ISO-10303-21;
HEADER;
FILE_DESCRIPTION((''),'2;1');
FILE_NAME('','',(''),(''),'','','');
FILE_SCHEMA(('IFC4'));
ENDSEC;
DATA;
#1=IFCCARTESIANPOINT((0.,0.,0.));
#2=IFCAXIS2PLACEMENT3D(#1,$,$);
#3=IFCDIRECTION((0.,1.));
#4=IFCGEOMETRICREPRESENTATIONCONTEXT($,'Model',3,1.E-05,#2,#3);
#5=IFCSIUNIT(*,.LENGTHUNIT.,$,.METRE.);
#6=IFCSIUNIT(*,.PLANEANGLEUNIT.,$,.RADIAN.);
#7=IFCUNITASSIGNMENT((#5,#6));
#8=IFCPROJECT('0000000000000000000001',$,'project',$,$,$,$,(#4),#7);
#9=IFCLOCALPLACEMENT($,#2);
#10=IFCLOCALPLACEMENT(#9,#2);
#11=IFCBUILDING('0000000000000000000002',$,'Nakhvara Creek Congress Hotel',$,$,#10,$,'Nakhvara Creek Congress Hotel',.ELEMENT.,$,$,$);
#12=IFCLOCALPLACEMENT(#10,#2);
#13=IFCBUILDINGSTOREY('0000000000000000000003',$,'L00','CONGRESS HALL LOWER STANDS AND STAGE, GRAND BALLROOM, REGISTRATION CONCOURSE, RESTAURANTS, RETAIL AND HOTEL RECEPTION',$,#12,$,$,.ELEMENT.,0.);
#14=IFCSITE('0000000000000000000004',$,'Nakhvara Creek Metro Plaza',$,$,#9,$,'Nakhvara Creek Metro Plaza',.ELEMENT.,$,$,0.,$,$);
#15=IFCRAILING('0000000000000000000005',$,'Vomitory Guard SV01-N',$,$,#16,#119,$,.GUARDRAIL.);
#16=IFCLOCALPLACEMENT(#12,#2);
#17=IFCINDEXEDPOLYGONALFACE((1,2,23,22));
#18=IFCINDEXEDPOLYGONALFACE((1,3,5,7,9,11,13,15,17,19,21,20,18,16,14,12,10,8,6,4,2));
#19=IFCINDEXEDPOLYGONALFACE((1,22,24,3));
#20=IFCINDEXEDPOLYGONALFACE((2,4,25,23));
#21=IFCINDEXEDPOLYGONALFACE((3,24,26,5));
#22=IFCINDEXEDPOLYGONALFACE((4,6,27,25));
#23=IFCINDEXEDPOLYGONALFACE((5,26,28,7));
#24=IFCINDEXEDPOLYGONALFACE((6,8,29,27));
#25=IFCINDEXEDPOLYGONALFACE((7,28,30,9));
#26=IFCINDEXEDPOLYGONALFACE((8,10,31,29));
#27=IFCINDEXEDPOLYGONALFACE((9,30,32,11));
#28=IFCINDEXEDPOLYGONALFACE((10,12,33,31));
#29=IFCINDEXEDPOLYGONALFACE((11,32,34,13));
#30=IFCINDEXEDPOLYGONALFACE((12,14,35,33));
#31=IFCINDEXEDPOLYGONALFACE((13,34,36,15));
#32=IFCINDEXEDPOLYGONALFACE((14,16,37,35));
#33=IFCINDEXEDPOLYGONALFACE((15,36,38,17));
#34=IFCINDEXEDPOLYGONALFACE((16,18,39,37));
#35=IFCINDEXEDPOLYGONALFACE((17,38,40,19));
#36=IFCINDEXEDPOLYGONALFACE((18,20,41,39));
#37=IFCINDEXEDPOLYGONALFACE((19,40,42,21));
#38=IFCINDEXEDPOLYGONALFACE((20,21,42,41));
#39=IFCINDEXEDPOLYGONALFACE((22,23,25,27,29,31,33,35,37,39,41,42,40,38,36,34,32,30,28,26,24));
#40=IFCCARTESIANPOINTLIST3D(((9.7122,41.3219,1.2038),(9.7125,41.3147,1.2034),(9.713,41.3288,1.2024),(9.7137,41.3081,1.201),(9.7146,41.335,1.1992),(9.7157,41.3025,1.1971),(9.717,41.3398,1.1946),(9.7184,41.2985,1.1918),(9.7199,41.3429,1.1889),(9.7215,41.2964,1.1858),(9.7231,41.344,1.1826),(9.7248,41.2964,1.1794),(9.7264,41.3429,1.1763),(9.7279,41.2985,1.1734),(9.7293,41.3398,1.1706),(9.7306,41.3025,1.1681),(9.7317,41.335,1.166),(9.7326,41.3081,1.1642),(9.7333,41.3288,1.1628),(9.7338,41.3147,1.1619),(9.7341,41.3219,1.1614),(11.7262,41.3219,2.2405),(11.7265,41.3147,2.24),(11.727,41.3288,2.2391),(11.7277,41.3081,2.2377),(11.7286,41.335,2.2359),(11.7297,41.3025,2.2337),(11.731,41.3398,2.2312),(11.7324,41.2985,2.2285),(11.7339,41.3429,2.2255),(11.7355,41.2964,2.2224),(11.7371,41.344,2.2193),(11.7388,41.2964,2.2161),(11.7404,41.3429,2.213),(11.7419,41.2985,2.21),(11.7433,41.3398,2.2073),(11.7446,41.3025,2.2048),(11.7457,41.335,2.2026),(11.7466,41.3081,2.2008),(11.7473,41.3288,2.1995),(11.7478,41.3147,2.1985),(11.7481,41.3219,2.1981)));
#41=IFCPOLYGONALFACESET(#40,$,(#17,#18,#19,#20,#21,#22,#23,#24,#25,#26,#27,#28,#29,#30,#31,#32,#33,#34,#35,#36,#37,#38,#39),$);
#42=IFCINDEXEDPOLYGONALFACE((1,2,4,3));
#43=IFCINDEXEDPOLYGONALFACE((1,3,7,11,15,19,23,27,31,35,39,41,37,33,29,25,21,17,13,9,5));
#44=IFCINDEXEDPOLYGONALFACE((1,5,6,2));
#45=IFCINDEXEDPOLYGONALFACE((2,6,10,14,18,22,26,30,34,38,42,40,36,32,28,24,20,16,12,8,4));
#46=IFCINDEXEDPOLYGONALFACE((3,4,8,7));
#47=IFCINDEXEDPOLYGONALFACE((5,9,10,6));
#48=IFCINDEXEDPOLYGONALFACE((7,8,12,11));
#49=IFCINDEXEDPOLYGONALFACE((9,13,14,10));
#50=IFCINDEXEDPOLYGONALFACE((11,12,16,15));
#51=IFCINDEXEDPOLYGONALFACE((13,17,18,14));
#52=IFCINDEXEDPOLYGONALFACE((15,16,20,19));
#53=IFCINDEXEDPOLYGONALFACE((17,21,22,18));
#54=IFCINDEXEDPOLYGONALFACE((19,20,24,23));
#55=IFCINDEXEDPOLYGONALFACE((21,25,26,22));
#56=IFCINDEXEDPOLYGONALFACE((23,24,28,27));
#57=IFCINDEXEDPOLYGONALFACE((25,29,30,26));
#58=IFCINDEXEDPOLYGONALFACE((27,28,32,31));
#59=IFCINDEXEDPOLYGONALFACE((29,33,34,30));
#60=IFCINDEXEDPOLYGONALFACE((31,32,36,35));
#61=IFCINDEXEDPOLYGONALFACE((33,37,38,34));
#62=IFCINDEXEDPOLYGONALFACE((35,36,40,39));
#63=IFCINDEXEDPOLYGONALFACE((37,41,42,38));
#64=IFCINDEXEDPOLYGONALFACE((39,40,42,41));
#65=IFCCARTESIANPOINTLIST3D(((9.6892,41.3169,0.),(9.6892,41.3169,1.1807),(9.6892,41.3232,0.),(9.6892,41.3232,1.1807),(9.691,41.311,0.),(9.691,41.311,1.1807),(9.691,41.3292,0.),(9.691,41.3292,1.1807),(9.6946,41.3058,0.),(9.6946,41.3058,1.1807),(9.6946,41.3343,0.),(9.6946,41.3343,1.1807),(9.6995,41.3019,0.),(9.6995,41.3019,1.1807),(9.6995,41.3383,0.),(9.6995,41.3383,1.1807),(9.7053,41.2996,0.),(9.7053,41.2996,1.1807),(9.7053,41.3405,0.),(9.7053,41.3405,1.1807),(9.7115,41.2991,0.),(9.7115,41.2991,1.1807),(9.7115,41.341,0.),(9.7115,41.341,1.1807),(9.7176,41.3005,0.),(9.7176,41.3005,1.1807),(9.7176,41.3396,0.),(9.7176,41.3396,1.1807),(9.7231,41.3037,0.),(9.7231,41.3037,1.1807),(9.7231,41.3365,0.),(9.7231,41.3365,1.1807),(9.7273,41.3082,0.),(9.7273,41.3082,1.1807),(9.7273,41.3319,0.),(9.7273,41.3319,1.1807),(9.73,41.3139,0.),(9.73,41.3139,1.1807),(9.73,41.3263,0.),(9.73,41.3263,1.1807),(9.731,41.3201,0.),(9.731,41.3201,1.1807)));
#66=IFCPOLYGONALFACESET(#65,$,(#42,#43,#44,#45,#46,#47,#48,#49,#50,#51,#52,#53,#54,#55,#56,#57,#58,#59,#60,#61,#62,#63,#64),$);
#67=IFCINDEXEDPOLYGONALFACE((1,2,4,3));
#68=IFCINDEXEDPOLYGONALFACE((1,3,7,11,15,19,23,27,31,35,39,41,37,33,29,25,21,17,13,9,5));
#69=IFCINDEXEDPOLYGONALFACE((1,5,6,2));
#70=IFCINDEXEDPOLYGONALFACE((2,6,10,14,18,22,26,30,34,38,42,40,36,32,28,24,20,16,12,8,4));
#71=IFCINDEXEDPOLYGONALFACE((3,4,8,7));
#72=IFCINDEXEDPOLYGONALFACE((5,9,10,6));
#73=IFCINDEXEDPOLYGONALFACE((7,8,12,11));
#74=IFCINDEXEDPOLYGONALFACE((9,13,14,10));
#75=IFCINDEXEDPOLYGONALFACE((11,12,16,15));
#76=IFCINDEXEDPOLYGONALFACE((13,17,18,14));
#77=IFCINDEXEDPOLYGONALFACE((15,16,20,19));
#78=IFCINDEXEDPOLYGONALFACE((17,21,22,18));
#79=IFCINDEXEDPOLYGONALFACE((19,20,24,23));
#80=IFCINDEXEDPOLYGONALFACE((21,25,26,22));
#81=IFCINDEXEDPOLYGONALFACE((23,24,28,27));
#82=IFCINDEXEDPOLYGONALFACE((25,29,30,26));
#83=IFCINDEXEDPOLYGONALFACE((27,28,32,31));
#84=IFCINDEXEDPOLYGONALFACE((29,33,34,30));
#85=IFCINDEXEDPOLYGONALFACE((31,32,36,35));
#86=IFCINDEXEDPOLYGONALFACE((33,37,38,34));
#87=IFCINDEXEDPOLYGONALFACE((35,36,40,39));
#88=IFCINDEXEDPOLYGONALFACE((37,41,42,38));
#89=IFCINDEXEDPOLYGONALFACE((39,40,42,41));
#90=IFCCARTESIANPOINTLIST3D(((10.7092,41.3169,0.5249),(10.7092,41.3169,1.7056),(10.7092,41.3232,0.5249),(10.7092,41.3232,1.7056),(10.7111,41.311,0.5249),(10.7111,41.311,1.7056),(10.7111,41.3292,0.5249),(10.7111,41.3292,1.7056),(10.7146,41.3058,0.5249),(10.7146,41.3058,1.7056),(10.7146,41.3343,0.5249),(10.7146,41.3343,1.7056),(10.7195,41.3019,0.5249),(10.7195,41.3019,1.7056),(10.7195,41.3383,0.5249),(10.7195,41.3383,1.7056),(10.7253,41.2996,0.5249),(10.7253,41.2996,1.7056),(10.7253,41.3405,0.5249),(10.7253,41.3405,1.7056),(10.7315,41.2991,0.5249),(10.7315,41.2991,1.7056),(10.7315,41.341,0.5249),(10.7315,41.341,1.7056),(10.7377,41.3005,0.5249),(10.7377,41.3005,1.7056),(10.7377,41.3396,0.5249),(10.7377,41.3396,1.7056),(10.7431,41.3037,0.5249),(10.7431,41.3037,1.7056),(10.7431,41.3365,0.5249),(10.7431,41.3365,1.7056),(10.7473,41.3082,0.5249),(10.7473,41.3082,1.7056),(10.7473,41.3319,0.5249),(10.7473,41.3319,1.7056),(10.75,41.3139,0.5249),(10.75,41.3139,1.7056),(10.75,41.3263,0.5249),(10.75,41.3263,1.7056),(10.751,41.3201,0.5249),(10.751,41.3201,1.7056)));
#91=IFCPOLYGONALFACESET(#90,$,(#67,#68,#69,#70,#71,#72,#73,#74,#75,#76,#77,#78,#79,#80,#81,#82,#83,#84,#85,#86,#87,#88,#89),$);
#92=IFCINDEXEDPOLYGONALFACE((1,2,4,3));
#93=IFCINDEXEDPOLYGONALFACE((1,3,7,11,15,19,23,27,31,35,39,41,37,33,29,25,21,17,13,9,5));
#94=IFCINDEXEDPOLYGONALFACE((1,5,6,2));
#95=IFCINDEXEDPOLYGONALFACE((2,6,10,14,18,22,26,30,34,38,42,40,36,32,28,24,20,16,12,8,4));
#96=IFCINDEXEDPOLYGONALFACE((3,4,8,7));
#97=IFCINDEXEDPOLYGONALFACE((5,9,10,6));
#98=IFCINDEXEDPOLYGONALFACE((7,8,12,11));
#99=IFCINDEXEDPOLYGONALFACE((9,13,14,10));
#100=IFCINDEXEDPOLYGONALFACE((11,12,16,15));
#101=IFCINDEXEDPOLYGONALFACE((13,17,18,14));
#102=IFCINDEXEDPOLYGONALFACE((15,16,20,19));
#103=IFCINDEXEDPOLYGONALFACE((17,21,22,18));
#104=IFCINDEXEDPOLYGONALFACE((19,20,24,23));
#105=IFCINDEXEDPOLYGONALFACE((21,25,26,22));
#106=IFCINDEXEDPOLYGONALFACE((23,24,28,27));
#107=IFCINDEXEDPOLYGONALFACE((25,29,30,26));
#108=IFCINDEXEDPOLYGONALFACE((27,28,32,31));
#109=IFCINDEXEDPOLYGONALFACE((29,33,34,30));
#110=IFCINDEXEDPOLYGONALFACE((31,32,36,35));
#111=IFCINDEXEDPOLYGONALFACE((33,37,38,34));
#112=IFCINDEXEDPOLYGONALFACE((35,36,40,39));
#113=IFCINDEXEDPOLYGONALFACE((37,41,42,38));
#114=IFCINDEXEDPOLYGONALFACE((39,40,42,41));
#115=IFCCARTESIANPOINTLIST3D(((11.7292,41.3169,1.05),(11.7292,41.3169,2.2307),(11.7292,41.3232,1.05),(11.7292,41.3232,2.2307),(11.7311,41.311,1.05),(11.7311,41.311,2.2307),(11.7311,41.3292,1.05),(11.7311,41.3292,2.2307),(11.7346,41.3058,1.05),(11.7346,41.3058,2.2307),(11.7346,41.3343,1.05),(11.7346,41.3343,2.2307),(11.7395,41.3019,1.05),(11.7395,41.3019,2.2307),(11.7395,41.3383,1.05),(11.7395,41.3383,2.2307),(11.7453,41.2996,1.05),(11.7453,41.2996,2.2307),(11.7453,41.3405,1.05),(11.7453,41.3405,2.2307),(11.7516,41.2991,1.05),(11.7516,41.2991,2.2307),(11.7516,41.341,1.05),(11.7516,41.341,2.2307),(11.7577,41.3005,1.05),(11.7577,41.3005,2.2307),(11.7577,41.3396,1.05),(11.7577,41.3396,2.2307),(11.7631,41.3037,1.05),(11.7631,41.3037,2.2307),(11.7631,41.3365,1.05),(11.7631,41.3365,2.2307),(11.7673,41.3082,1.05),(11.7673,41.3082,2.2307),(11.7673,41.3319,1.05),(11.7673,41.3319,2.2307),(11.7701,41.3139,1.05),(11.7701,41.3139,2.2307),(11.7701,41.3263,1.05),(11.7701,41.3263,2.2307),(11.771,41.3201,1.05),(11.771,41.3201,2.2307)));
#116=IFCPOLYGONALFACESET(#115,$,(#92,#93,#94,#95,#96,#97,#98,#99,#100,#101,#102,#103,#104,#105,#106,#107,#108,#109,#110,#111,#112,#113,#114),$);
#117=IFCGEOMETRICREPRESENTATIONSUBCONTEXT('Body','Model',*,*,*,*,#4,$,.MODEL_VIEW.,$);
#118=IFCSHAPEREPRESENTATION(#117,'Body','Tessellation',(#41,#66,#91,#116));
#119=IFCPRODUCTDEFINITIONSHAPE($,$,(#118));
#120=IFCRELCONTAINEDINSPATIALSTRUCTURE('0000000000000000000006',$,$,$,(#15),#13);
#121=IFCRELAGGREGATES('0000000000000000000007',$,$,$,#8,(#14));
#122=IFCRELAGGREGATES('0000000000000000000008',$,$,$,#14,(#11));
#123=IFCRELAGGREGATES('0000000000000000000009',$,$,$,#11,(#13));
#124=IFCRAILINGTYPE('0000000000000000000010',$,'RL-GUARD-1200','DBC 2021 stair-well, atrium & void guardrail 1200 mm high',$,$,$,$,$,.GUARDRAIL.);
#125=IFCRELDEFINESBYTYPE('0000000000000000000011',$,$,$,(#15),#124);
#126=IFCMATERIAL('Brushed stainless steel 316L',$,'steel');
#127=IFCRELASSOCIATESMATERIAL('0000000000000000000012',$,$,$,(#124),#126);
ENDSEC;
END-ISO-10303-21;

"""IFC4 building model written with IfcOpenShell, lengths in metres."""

from ifc_helpers import new_model, si_unit, direction, frame, origin, origin_2d, place, context, subcontext, project, spatial, circle, extrude, material, type_object, element, save


model = new_model("IFC4")

# Units and contexts
model_context = context("Model", 3, precision=1e-05, world=origin(), true_north=direction((0.0, 1.0)))
body_context = subcontext(model_context, "Body", "Model", "MODEL_VIEW")
ifc_project = project(units=[si_unit("LENGTHUNIT", "METRE"), si_unit("PLANEANGLEUNIT", "RADIAN")], contexts=[model_context])

# Site, building, storey
site_placement = place(None, origin())
site = spatial("IfcSite", under=ifc_project, at=site_placement, Name="Nakhvara Creek Metro Plaza", LongName="Nakhvara Creek Metro Plaza", CompositionType="ELEMENT", RefElevation=0.0)
building_placement = place(site_placement, origin())
building = spatial("IfcBuilding", under=site, at=building_placement, Name="Nakhvara Creek Congress Hotel", LongName="Nakhvara Creek Congress Hotel", CompositionType="ELEMENT")
storey_placement = place(building_placement, origin())
storey = spatial("IfcBuildingStorey", under=building, at=storey_placement, Name="L00", Description="CONGRESS HALL LOWER STANDS AND STAGE, GRAND BALLROOM, REGISTRATION CONCOURSE, RESTAURANTS, RETAIL AND HOTEL RECEPTION", CompositionType="ELEMENT", Elevation=0.0)

# Railing
ifc_material_1 = material(Name="Brushed stainless steel 316L", Category="steel")
railing_type_1 = type_object("IfcRailingType", Name="RL-GUARD-1200", Description="DBC 2021 stair-well, atrium & void guardrail 1200 mm high", PredefinedType="GUARDRAIL", material=ifc_material_1)
for number, where, name in (
    (1, (9.71, 41.3201, 0.0), "Vomitory Guard SV01-N"),
):
    element("IfcRailing", number, at=place(storey_placement, frame(where)), inside=storey, type_object=railing_type_1, Name=name, PredefinedType="GUARDRAIL", context=body_context, shape_type="SweptSolid", body=[
        extrude(circle(Radius=0.0239, at=origin_2d()), frame((0.0132, 0.0, 1.1826), z_axis=(0.889131, 0.0, 0.457653), x_axis=(0.0, 1.0, 0.0)), (0.0, 0.0, 1.0), 2.2651),
        extrude(circle(Radius=0.021, at=origin_2d()), origin(), (0.0, 0.0, 1.0), 1.1807),
        extrude(circle(Radius=0.021, at=origin_2d()), frame((1.02, 0.0, 0.5249)), (0.0, 0.0, 1.0), 1.1807),
        extrude(circle(Radius=0.021, at=origin_2d()), frame((2.04, 0.0, 1.05)), (0.0, 0.0, 1.0), 1.1807),
    ])

save(model, "model.ifc")
